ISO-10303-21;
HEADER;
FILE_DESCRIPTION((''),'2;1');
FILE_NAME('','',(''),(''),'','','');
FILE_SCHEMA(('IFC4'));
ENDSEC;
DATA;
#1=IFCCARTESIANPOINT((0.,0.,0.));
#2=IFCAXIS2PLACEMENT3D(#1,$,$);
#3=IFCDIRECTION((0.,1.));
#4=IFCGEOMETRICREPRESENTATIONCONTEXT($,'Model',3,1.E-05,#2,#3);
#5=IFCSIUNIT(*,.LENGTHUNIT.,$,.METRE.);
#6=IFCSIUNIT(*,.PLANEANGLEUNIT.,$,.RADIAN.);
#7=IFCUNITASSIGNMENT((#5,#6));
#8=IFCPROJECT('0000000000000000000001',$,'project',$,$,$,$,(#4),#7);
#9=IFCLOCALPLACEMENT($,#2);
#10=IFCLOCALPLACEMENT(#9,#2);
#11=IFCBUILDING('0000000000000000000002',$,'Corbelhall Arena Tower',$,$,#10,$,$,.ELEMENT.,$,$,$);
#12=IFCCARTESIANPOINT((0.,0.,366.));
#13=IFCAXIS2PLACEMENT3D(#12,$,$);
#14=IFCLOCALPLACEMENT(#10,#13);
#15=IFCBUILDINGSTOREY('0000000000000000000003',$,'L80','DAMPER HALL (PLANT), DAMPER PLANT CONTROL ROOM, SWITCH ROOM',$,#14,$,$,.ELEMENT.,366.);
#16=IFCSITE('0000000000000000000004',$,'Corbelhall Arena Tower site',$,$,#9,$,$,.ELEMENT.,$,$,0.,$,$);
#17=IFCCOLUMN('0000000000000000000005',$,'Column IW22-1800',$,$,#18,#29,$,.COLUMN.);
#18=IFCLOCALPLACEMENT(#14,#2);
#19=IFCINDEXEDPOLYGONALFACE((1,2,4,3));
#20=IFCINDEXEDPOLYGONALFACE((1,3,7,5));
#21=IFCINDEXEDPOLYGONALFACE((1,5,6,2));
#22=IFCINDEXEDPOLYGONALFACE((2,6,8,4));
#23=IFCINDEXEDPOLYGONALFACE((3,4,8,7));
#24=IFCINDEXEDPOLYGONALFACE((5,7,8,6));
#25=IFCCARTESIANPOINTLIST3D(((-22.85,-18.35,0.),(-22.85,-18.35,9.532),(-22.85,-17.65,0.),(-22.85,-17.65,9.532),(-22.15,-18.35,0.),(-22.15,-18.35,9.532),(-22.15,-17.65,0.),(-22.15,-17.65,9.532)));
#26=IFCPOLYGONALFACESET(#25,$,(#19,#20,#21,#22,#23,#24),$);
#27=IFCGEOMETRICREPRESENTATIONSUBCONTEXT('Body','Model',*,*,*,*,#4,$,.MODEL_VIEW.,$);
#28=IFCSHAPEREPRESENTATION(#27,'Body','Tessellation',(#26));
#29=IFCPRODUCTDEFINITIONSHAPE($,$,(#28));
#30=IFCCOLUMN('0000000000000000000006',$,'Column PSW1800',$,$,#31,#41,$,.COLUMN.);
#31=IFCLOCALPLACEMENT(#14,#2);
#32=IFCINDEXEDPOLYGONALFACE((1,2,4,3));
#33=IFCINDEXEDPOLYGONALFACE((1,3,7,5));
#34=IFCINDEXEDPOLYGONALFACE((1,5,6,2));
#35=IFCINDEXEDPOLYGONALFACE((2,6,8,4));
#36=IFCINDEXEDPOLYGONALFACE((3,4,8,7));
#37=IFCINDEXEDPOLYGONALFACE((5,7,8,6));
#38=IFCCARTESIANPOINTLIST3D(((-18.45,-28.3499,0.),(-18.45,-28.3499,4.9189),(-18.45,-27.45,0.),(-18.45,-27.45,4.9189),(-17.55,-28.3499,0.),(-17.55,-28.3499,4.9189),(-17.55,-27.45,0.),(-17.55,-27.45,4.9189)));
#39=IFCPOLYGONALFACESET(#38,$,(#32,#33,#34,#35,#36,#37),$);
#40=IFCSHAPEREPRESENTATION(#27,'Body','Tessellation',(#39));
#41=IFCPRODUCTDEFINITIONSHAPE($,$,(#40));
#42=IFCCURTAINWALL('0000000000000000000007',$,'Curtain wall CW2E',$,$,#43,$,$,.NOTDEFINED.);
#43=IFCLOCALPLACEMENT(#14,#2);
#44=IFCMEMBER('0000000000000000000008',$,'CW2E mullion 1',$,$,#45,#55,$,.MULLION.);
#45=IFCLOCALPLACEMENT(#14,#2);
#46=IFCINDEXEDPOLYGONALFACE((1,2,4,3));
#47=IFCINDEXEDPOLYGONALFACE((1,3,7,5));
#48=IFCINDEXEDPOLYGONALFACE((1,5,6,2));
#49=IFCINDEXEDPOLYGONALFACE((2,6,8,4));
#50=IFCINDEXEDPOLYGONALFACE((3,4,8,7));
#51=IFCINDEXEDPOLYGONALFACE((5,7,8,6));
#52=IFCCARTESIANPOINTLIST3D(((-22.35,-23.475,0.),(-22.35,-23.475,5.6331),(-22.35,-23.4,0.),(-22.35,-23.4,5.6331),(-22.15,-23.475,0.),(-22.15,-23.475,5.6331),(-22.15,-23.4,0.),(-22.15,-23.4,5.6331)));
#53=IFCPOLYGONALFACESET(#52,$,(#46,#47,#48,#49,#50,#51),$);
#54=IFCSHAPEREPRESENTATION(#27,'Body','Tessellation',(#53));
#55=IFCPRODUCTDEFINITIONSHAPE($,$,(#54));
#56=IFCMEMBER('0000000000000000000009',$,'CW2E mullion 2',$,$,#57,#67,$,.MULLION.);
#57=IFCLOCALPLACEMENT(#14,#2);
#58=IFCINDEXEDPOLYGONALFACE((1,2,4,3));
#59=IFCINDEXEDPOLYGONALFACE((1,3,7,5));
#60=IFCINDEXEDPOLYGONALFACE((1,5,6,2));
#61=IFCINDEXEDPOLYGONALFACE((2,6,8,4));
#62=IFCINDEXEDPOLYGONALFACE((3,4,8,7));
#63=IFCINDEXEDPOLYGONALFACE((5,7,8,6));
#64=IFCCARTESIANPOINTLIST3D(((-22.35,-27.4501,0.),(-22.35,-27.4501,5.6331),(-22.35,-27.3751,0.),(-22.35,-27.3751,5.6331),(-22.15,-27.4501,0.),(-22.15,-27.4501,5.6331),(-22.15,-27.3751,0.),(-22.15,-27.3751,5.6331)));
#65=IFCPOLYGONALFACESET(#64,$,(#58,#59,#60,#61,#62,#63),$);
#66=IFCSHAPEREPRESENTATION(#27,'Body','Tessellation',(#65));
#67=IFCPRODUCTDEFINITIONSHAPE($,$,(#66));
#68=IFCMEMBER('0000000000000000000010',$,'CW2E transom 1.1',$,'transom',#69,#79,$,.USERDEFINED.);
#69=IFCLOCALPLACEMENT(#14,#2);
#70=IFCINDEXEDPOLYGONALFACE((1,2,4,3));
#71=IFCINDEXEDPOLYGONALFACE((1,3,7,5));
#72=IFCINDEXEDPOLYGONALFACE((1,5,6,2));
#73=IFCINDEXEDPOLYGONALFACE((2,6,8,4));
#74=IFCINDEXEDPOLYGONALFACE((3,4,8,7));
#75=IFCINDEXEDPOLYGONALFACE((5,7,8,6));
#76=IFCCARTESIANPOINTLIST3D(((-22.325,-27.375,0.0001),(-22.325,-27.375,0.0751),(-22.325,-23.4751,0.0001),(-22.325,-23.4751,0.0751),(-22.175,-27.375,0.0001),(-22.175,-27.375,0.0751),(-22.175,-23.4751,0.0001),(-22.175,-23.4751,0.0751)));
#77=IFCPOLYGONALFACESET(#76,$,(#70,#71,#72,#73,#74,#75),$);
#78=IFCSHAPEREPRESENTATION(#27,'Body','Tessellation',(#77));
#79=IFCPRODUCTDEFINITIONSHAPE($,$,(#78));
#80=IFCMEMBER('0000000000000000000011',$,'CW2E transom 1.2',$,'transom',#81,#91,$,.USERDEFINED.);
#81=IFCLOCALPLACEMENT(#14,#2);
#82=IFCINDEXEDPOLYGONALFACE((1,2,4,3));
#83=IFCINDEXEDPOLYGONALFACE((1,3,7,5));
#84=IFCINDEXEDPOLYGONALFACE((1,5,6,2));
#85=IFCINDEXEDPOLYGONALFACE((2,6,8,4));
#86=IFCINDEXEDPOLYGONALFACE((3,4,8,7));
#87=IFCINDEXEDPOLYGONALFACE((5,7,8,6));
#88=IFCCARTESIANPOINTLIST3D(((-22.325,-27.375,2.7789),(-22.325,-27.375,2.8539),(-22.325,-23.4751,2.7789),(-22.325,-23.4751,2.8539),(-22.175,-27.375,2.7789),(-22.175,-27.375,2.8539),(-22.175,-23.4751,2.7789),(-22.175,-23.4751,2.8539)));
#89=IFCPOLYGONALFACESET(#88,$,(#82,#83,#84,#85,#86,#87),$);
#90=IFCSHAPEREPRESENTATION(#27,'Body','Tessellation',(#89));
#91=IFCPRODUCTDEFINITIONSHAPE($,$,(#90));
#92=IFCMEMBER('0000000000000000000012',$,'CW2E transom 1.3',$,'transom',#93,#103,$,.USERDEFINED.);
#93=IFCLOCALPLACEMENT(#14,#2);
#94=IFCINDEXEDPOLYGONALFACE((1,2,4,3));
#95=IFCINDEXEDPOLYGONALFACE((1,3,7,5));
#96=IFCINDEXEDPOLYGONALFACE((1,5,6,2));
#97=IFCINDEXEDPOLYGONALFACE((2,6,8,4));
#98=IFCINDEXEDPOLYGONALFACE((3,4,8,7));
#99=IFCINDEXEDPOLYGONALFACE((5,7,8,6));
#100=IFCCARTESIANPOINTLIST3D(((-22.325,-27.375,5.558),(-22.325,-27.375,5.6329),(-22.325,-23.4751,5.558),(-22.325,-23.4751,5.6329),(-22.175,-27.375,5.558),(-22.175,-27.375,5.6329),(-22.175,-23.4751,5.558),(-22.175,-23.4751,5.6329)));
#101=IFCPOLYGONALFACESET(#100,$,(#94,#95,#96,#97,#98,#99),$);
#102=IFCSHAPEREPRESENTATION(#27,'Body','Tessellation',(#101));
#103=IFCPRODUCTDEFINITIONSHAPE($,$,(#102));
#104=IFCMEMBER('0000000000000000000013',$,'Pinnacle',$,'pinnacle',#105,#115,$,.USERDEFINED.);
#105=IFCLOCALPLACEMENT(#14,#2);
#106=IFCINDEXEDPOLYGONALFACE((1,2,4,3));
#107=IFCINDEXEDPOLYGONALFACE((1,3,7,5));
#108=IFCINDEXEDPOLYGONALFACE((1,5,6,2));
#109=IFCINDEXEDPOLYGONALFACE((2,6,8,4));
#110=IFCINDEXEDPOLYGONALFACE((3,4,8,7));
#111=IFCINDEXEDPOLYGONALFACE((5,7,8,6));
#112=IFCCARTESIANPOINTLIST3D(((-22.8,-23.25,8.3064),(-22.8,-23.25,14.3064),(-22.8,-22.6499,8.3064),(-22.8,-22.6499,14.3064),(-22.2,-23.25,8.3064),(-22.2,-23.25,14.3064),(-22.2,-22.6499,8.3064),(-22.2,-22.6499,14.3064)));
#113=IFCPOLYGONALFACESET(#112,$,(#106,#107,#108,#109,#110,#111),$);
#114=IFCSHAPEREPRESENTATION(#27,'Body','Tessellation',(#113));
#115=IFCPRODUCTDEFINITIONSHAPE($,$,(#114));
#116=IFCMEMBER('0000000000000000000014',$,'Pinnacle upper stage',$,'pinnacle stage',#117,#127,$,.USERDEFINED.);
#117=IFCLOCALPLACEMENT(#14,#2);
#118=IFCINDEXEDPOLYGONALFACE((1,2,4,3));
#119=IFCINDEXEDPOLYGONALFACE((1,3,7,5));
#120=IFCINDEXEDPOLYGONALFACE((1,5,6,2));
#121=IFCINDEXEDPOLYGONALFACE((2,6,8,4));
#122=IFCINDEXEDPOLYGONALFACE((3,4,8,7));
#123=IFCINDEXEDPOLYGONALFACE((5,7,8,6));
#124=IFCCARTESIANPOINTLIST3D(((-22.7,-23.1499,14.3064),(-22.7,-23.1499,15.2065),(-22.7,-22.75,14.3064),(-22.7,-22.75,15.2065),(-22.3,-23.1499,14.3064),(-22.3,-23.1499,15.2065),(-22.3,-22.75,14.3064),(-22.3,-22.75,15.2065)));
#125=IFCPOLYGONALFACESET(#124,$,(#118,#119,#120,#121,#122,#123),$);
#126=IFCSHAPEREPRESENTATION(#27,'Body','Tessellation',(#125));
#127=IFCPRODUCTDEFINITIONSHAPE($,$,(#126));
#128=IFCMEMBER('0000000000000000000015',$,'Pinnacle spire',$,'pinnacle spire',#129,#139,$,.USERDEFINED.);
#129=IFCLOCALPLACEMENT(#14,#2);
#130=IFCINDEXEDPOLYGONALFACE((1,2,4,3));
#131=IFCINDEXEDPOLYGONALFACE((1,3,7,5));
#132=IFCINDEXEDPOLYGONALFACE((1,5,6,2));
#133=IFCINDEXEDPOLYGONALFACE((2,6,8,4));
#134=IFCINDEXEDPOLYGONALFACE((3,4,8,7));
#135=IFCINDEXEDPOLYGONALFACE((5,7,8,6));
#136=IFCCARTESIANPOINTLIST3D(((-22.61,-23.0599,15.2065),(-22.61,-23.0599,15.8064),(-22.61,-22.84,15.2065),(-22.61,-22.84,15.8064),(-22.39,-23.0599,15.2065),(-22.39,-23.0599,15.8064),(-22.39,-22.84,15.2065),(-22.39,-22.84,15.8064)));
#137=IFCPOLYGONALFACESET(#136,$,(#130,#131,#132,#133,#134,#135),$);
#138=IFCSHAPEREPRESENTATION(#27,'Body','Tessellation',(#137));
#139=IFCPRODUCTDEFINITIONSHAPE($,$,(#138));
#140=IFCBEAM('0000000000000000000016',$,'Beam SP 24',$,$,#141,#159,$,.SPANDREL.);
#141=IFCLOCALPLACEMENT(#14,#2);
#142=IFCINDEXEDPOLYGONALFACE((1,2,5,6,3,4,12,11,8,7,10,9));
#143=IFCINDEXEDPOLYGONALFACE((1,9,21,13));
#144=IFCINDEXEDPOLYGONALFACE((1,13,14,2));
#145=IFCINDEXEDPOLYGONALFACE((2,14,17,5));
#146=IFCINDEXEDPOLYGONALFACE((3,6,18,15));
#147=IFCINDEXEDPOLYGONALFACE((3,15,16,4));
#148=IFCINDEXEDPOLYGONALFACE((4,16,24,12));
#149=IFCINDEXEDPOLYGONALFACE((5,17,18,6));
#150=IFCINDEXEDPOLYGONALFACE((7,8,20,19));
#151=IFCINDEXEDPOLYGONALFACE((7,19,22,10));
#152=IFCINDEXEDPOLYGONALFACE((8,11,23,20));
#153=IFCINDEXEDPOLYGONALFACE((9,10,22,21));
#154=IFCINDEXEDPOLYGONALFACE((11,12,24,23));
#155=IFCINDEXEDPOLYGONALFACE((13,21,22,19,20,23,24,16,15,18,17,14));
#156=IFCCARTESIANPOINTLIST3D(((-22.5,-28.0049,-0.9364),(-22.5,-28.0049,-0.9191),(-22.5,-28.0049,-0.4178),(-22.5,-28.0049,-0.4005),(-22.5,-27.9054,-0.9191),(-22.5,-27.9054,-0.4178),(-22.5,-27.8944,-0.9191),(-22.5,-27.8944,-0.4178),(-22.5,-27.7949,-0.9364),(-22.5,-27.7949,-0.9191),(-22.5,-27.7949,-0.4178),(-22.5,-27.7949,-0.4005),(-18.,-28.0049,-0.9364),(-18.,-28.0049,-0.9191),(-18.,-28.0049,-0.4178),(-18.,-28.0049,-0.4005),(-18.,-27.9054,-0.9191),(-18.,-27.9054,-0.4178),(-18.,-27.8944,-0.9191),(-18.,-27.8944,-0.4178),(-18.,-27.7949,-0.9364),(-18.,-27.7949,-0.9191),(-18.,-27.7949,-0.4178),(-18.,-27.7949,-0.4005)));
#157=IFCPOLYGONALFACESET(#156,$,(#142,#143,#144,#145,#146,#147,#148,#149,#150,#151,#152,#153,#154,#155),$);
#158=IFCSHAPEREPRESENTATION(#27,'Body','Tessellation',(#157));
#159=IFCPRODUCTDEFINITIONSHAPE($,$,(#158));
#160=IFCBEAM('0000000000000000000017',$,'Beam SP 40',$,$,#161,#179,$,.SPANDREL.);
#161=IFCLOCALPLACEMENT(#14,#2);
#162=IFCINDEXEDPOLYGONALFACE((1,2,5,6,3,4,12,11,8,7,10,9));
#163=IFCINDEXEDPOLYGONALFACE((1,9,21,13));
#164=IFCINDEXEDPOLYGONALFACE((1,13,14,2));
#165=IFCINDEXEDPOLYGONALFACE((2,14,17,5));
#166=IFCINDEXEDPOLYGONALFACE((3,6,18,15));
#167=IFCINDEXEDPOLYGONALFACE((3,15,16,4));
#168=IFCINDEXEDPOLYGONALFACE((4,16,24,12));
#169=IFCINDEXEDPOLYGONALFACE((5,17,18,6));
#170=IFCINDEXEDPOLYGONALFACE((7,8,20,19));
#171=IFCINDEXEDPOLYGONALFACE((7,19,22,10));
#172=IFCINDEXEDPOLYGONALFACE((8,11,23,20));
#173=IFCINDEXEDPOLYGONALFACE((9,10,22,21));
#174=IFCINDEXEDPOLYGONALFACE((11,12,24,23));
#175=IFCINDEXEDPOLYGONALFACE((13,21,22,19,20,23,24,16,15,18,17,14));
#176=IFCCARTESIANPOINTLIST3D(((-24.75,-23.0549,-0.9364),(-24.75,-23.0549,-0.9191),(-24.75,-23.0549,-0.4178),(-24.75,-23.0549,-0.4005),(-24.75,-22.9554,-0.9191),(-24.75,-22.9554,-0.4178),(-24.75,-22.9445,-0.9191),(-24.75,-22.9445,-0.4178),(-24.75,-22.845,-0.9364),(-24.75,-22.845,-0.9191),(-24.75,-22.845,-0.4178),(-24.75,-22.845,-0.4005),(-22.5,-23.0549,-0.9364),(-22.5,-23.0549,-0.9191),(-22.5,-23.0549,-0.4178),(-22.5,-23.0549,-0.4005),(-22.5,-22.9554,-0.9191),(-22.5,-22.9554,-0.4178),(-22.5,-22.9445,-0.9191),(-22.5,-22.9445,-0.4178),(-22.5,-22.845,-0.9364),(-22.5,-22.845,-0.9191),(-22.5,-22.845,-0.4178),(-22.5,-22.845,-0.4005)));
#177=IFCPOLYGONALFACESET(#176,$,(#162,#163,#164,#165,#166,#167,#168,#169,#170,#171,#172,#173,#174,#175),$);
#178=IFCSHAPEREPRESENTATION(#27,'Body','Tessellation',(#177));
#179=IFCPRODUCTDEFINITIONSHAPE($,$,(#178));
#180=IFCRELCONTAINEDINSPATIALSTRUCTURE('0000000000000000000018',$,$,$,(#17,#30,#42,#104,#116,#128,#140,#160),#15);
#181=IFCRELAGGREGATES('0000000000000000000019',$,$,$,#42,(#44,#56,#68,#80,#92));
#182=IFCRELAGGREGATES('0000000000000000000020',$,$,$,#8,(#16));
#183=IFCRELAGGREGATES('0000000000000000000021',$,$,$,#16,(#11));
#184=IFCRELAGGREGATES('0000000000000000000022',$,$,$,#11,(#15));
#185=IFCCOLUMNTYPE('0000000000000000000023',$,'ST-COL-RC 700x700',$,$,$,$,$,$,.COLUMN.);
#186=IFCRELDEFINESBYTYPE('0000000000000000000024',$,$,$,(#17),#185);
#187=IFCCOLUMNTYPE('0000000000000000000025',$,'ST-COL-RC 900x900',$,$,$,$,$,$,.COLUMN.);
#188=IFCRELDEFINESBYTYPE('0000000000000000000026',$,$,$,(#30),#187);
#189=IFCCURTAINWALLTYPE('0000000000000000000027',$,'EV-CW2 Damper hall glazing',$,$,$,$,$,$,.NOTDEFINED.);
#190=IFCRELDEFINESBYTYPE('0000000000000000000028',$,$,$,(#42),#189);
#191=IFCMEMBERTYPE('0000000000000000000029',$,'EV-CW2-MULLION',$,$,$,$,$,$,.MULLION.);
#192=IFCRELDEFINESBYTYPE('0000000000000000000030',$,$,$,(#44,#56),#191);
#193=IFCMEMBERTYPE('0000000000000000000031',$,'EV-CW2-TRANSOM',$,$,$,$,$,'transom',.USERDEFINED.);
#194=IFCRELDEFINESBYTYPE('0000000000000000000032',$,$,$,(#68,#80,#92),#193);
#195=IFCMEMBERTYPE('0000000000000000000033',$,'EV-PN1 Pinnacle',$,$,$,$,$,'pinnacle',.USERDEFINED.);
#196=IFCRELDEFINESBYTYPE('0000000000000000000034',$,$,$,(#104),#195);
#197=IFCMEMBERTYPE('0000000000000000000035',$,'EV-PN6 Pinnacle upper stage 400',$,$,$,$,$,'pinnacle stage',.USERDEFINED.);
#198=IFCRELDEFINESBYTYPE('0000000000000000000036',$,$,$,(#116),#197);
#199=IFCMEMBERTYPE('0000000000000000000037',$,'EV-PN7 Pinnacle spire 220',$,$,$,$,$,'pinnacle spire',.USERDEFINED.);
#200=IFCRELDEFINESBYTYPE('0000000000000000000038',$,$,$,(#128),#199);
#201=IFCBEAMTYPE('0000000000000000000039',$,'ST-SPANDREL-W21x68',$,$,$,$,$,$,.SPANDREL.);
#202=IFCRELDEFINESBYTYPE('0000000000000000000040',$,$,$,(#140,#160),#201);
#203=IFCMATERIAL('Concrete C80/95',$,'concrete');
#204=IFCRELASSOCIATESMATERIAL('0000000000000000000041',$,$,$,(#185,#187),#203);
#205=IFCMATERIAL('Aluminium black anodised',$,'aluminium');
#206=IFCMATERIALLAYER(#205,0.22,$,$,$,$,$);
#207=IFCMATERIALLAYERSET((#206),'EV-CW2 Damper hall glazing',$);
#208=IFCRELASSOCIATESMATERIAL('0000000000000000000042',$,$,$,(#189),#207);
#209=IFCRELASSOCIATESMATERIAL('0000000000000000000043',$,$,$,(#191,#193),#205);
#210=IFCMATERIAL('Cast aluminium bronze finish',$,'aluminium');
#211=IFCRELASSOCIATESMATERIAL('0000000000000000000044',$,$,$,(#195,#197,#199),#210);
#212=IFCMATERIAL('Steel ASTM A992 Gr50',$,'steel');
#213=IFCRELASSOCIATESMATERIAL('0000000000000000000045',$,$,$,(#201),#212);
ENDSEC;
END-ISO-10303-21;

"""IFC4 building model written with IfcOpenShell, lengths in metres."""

from ifc_helpers import new_model, si_unit, direction, frame, origin, origin_2d, place, context, subcontext, project, spatial, rectangle, i_section, extrude, material, layer, layer_set, material_profile, profile_set, type_object, element, aggregate, save


model = new_model("IFC4")

# Units and contexts
model_context = context("Model", 3, precision=1e-05, world=origin(), true_north=direction((0.0, 1.0)))
body_context = subcontext(model_context, "Body", "Model", "MODEL_VIEW")
ifc_project = project(units=[si_unit("LENGTHUNIT", "METRE"), si_unit("PLANEANGLEUNIT", "RADIAN")], contexts=[model_context])

# Site, building, storey
site_placement = place(None, origin())
site = spatial("IfcSite", under=ifc_project, at=site_placement, Name="Corbelhall Arena Tower site", CompositionType="ELEMENT", RefElevation=0.0)
building_placement = place(site_placement, origin())
building = spatial("IfcBuilding", under=site, at=building_placement, Name="Corbelhall Arena Tower", CompositionType="ELEMENT")
storey_placement = place(building_placement, frame((0.0, 0.0, 366.0)))
storey = spatial("IfcBuildingStorey", under=building, at=storey_placement, Name="L80", Description="DAMPER HALL (PLANT), DAMPER PLANT CONTROL ROOM, SWITCH ROOM", CompositionType="ELEMENT", Elevation=366.0)

# Columns
ifc_material_1 = material(Name="Concrete C80/95", Category="concrete")
ifc_material_profile_1 = material_profile(ifc_material_1, rectangle(XDim=0.7, YDim=0.7, at=origin_2d()))
ifc_profile_set_1 = profile_set([ifc_material_profile_1], Name="Concrete C80/95")
column_type_1 = type_object("IfcColumnType", Name="ST-COL-RC 700x700", PredefinedType="COLUMN", material=ifc_profile_set_1)
column_1_placement = place(storey_placement, frame((-22.5, -18.0, 0.0), z_axis=(0.0, 0.0, 1.0), x_axis=(1.0, 0.0, 0.0)))
element("IfcColumn", 1, at=column_1_placement, inside=storey, type_object=column_type_1, Name="Column IW22-1800", PredefinedType="COLUMN", context=body_context, shape_type="SweptSolid", body=[
    extrude(rectangle(XDim=0.7, YDim=0.7, at=origin_2d()), origin(), (0.0, 0.0, 1.0), 9.532),
])
ifc_material_profile_2 = material_profile(ifc_material_1, rectangle(XDim=0.8999, YDim=0.8999, at=origin_2d()))
ifc_profile_set_2 = profile_set([ifc_material_profile_2], Name="Concrete C80/95")
column_type_2 = type_object("IfcColumnType", Name="ST-COL-RC 900x900", PredefinedType="COLUMN", material=ifc_profile_set_2)
column_2_placement = place(storey_placement, frame((-18.0, -27.8999, 0.0), z_axis=(0.0, 0.0, 1.0), x_axis=(1.0, 0.0, 0.0)))
element("IfcColumn", 2, at=column_2_placement, inside=storey, type_object=column_type_2, Name="Column PSW1800", PredefinedType="COLUMN", context=body_context, shape_type="SweptSolid", body=[
    extrude(rectangle(XDim=0.8999, YDim=0.8999, at=origin_2d()), origin(), (0.0, 0.0, 1.0), 4.9189),
])

# Curtain wall, members
ifc_material_2 = material(Name="Aluminium black anodised", Category="aluminium")
ifc_layer_1 = layer(ifc_material_2, 0.22)
ifc_layer_set_1 = layer_set([ifc_layer_1], Name="EV-CW2 Damper hall glazing")
curtain_wall_type = type_object("IfcCurtainWallType", Name="EV-CW2 Damper hall glazing", PredefinedType="NOTDEFINED", material=ifc_layer_set_1)
curtain_wall_placement = place(storey_placement, origin())
curtain_wall = element("IfcCurtainWall", 3, at=curtain_wall_placement, inside=storey, type_object=curtain_wall_type, Name="Curtain wall CW2E", PredefinedType="NOTDEFINED")
ifc_material_profile_3 = material_profile(ifc_material_2, rectangle(XDim=0.2, YDim=0.075, at=origin_2d()))
ifc_profile_set_3 = profile_set([ifc_material_profile_3], Name="Aluminium black anodised")
member_type_1 = type_object("IfcMemberType", Name="EV-CW2-MULLION", PredefinedType="MULLION", material=ifc_profile_set_3)
member_1_placement = place(storey_placement, frame((-22.25, -23.4375, 0.0), z_axis=(0.0, 0.0, 1.0), x_axis=(1.0, 0.0, 0.0)))
member_1 = element("IfcMember", 4, at=member_1_placement, type_object=member_type_1, Name="CW2E mullion 1", PredefinedType="MULLION", context=body_context, shape_type="SweptSolid", body=[
    extrude(rectangle(XDim=0.2, YDim=0.075, at=origin_2d()), origin(), (0.0, 0.0, 1.0), 5.6331),
])
member_2_placement = place(storey_placement, frame((-22.25, -27.4126, 0.0), z_axis=(0.0, 0.0, 1.0), x_axis=(1.0, 0.0, 0.0)))
member_2 = element("IfcMember", 5, at=member_2_placement, type_object=member_type_1, Name="CW2E mullion 2", PredefinedType="MULLION", context=body_context, shape_type="SweptSolid", body=[
    extrude(rectangle(XDim=0.2, YDim=0.075, at=origin_2d()), origin(), (0.0, 0.0, 1.0), 5.6331),
])
ifc_material_profile_4 = material_profile(ifc_material_2, rectangle(XDim=0.1499, YDim=0.075, at=origin_2d()))
ifc_profile_set_4 = profile_set([ifc_material_profile_4], Name="Aluminium black anodised")
member_type_2 = type_object("IfcMemberType", Name="EV-CW2-TRANSOM", ElementType="transom", PredefinedType="USERDEFINED", material=ifc_profile_set_4)
member_3_placement = place(storey_placement, frame((-22.25, -23.4751, 0.0376), z_axis=(0.0, -1.0, 0.0), x_axis=(1.0, 0.0, 0.0)))
member_3 = element("IfcMember", 6, at=member_3_placement, type_object=member_type_2, Name="CW2E transom 1.1", ObjectType="transom", PredefinedType="USERDEFINED", context=body_context, shape_type="SweptSolid", body=[
    extrude(rectangle(XDim=0.1499, YDim=0.075, at=origin_2d()), origin(), (0.0, 0.0, 1.0), 3.8999),
])
member_4_placement = place(storey_placement, frame((-22.25, -23.4751, 2.8164), z_axis=(0.0, -1.0, 0.0), x_axis=(1.0, 0.0, 0.0)))
member_4 = element("IfcMember", 7, at=member_4_placement, type_object=member_type_2, Name="CW2E transom 1.2", ObjectType="transom", PredefinedType="USERDEFINED", context=body_context, shape_type="SweptSolid", body=[
    extrude(rectangle(XDim=0.1499, YDim=0.075, at=origin_2d()), origin(), (0.0, 0.0, 1.0), 3.8999),
])
member_5_placement = place(storey_placement, frame((-22.25, -23.4751, 5.5955), z_axis=(0.0, -1.0, 0.0), x_axis=(1.0, 0.0, 0.0)))
member_5 = element("IfcMember", 8, at=member_5_placement, type_object=member_type_2, Name="CW2E transom 1.3", ObjectType="transom", PredefinedType="USERDEFINED", context=body_context, shape_type="SweptSolid", body=[
    extrude(rectangle(XDim=0.1499, YDim=0.075, at=origin_2d()), origin(), (0.0, 0.0, 1.0), 3.8999),
])

# Members
ifc_material_3 = material(Name="Cast aluminium bronze finish", Category="aluminium")
ifc_material_profile_5 = material_profile(ifc_material_3, rectangle(XDim=0.6001, YDim=0.6001, at=origin_2d()))
ifc_profile_set_5 = profile_set([ifc_material_profile_5], Name="Cast aluminium bronze finish")
member_type_3 = type_object("IfcMemberType", Name="EV-PN1 Pinnacle", ElementType="pinnacle", PredefinedType="USERDEFINED", material=ifc_profile_set_5)
member_6_placement = place(storey_placement, frame((-22.5, -22.95, 8.3064), z_axis=(0.0, 0.0, 1.0), x_axis=(1.0, 0.0, 0.0)))
element("IfcMember", 9, at=member_6_placement, inside=storey, type_object=member_type_3, Name="Pinnacle", ObjectType="pinnacle", PredefinedType="USERDEFINED", context=body_context, shape_type="SweptSolid", body=[
    extrude(rectangle(XDim=0.6001, YDim=0.6001, at=origin_2d()), origin(), (0.0, 0.0, 1.0), 6.0),
])
ifc_material_profile_6 = material_profile(ifc_material_3, rectangle(XDim=0.3999, YDim=0.3999, at=origin_2d()))
ifc_profile_set_6 = profile_set([ifc_material_profile_6], Name="Cast aluminium bronze finish")
member_type_4 = type_object("IfcMemberType", Name="EV-PN6 Pinnacle upper stage 400", ElementType="pinnacle stage", PredefinedType="USERDEFINED", material=ifc_profile_set_6)
member_7_placement = place(storey_placement, frame((-22.5, -22.95, 14.3064), z_axis=(0.0, 0.0, 1.0), x_axis=(1.0, 0.0, 0.0)))
element("IfcMember", 10, at=member_7_placement, inside=storey, type_object=member_type_4, Name="Pinnacle upper stage", ObjectType="pinnacle stage", PredefinedType="USERDEFINED", context=body_context, shape_type="SweptSolid", body=[
    extrude(rectangle(XDim=0.3999, YDim=0.3999, at=origin_2d()), origin(), (0.0, 0.0, 1.0), 0.9001),
])
ifc_material_profile_7 = material_profile(ifc_material_3, rectangle(XDim=0.22, YDim=0.22, at=origin_2d()))
ifc_profile_set_7 = profile_set([ifc_material_profile_7], Name="Cast aluminium bronze finish")
member_type_5 = type_object("IfcMemberType", Name="EV-PN7 Pinnacle spire 220", ElementType="pinnacle spire", PredefinedType="USERDEFINED", material=ifc_profile_set_7)
member_8_placement = place(storey_placement, frame((-22.5, -22.95, 15.2065), z_axis=(0.0, 0.0, 1.0), x_axis=(1.0, 0.0, 0.0)))
element("IfcMember", 11, at=member_8_placement, inside=storey, type_object=member_type_5, Name="Pinnacle spire", ObjectType="pinnacle spire", PredefinedType="USERDEFINED", context=body_context, shape_type="SweptSolid", body=[
    extrude(rectangle(XDim=0.22, YDim=0.22, at=origin_2d()), origin(), (0.0, 0.0, 1.0), 0.5999),
])

# Beams
ifc_material_4 = material(Name="Steel ASTM A992 Gr50", Category="steel")
ifc_material_profile_8 = material_profile(ifc_material_4, i_section(OverallWidth=0.21, OverallDepth=0.5359, WebThickness=0.011, FlangeThickness=0.0173, at=origin_2d()))
ifc_profile_set_8 = profile_set([ifc_material_profile_8], Name="Steel ASTM A992 Gr50")
beam_type = type_object("IfcBeamType", Name="ST-SPANDREL-W21x68", PredefinedType="SPANDREL", material=ifc_profile_set_8)
beam_1_placement = place(storey_placement, frame((-18.0, -27.8999, -0.6685), z_axis=(-1.0, 0.0, 0.0), x_axis=(0.0, -1.0, 0.0)))
element("IfcBeam", 12, at=beam_1_placement, inside=storey, type_object=beam_type, Name="Beam SP 24", PredefinedType="SPANDREL", context=body_context, shape_type="SweptSolid", body=[
    extrude(i_section(OverallWidth=0.21, OverallDepth=0.5359, WebThickness=0.011, FlangeThickness=0.0173, at=origin_2d()), origin(), (0.0, 0.0, 1.0), 4.5),
])
beam_2_placement = place(storey_placement, frame((-22.5, -22.95, -0.6685), z_axis=(-1.0, 0.0, 0.0), x_axis=(0.0, -1.0, 0.0)))
element("IfcBeam", 13, at=beam_2_placement, inside=storey, type_object=beam_type, Name="Beam SP 40", PredefinedType="SPANDREL", context=body_context, shape_type="SweptSolid", body=[
    extrude(i_section(OverallWidth=0.21, OverallDepth=0.5359, WebThickness=0.011, FlangeThickness=0.0173, at=origin_2d()), origin(), (0.0, 0.0, 1.0), 2.25),
])

aggregate(curtain_wall, [member_1, member_2, member_3, member_4, member_5])

save(model, "model.ifc")
